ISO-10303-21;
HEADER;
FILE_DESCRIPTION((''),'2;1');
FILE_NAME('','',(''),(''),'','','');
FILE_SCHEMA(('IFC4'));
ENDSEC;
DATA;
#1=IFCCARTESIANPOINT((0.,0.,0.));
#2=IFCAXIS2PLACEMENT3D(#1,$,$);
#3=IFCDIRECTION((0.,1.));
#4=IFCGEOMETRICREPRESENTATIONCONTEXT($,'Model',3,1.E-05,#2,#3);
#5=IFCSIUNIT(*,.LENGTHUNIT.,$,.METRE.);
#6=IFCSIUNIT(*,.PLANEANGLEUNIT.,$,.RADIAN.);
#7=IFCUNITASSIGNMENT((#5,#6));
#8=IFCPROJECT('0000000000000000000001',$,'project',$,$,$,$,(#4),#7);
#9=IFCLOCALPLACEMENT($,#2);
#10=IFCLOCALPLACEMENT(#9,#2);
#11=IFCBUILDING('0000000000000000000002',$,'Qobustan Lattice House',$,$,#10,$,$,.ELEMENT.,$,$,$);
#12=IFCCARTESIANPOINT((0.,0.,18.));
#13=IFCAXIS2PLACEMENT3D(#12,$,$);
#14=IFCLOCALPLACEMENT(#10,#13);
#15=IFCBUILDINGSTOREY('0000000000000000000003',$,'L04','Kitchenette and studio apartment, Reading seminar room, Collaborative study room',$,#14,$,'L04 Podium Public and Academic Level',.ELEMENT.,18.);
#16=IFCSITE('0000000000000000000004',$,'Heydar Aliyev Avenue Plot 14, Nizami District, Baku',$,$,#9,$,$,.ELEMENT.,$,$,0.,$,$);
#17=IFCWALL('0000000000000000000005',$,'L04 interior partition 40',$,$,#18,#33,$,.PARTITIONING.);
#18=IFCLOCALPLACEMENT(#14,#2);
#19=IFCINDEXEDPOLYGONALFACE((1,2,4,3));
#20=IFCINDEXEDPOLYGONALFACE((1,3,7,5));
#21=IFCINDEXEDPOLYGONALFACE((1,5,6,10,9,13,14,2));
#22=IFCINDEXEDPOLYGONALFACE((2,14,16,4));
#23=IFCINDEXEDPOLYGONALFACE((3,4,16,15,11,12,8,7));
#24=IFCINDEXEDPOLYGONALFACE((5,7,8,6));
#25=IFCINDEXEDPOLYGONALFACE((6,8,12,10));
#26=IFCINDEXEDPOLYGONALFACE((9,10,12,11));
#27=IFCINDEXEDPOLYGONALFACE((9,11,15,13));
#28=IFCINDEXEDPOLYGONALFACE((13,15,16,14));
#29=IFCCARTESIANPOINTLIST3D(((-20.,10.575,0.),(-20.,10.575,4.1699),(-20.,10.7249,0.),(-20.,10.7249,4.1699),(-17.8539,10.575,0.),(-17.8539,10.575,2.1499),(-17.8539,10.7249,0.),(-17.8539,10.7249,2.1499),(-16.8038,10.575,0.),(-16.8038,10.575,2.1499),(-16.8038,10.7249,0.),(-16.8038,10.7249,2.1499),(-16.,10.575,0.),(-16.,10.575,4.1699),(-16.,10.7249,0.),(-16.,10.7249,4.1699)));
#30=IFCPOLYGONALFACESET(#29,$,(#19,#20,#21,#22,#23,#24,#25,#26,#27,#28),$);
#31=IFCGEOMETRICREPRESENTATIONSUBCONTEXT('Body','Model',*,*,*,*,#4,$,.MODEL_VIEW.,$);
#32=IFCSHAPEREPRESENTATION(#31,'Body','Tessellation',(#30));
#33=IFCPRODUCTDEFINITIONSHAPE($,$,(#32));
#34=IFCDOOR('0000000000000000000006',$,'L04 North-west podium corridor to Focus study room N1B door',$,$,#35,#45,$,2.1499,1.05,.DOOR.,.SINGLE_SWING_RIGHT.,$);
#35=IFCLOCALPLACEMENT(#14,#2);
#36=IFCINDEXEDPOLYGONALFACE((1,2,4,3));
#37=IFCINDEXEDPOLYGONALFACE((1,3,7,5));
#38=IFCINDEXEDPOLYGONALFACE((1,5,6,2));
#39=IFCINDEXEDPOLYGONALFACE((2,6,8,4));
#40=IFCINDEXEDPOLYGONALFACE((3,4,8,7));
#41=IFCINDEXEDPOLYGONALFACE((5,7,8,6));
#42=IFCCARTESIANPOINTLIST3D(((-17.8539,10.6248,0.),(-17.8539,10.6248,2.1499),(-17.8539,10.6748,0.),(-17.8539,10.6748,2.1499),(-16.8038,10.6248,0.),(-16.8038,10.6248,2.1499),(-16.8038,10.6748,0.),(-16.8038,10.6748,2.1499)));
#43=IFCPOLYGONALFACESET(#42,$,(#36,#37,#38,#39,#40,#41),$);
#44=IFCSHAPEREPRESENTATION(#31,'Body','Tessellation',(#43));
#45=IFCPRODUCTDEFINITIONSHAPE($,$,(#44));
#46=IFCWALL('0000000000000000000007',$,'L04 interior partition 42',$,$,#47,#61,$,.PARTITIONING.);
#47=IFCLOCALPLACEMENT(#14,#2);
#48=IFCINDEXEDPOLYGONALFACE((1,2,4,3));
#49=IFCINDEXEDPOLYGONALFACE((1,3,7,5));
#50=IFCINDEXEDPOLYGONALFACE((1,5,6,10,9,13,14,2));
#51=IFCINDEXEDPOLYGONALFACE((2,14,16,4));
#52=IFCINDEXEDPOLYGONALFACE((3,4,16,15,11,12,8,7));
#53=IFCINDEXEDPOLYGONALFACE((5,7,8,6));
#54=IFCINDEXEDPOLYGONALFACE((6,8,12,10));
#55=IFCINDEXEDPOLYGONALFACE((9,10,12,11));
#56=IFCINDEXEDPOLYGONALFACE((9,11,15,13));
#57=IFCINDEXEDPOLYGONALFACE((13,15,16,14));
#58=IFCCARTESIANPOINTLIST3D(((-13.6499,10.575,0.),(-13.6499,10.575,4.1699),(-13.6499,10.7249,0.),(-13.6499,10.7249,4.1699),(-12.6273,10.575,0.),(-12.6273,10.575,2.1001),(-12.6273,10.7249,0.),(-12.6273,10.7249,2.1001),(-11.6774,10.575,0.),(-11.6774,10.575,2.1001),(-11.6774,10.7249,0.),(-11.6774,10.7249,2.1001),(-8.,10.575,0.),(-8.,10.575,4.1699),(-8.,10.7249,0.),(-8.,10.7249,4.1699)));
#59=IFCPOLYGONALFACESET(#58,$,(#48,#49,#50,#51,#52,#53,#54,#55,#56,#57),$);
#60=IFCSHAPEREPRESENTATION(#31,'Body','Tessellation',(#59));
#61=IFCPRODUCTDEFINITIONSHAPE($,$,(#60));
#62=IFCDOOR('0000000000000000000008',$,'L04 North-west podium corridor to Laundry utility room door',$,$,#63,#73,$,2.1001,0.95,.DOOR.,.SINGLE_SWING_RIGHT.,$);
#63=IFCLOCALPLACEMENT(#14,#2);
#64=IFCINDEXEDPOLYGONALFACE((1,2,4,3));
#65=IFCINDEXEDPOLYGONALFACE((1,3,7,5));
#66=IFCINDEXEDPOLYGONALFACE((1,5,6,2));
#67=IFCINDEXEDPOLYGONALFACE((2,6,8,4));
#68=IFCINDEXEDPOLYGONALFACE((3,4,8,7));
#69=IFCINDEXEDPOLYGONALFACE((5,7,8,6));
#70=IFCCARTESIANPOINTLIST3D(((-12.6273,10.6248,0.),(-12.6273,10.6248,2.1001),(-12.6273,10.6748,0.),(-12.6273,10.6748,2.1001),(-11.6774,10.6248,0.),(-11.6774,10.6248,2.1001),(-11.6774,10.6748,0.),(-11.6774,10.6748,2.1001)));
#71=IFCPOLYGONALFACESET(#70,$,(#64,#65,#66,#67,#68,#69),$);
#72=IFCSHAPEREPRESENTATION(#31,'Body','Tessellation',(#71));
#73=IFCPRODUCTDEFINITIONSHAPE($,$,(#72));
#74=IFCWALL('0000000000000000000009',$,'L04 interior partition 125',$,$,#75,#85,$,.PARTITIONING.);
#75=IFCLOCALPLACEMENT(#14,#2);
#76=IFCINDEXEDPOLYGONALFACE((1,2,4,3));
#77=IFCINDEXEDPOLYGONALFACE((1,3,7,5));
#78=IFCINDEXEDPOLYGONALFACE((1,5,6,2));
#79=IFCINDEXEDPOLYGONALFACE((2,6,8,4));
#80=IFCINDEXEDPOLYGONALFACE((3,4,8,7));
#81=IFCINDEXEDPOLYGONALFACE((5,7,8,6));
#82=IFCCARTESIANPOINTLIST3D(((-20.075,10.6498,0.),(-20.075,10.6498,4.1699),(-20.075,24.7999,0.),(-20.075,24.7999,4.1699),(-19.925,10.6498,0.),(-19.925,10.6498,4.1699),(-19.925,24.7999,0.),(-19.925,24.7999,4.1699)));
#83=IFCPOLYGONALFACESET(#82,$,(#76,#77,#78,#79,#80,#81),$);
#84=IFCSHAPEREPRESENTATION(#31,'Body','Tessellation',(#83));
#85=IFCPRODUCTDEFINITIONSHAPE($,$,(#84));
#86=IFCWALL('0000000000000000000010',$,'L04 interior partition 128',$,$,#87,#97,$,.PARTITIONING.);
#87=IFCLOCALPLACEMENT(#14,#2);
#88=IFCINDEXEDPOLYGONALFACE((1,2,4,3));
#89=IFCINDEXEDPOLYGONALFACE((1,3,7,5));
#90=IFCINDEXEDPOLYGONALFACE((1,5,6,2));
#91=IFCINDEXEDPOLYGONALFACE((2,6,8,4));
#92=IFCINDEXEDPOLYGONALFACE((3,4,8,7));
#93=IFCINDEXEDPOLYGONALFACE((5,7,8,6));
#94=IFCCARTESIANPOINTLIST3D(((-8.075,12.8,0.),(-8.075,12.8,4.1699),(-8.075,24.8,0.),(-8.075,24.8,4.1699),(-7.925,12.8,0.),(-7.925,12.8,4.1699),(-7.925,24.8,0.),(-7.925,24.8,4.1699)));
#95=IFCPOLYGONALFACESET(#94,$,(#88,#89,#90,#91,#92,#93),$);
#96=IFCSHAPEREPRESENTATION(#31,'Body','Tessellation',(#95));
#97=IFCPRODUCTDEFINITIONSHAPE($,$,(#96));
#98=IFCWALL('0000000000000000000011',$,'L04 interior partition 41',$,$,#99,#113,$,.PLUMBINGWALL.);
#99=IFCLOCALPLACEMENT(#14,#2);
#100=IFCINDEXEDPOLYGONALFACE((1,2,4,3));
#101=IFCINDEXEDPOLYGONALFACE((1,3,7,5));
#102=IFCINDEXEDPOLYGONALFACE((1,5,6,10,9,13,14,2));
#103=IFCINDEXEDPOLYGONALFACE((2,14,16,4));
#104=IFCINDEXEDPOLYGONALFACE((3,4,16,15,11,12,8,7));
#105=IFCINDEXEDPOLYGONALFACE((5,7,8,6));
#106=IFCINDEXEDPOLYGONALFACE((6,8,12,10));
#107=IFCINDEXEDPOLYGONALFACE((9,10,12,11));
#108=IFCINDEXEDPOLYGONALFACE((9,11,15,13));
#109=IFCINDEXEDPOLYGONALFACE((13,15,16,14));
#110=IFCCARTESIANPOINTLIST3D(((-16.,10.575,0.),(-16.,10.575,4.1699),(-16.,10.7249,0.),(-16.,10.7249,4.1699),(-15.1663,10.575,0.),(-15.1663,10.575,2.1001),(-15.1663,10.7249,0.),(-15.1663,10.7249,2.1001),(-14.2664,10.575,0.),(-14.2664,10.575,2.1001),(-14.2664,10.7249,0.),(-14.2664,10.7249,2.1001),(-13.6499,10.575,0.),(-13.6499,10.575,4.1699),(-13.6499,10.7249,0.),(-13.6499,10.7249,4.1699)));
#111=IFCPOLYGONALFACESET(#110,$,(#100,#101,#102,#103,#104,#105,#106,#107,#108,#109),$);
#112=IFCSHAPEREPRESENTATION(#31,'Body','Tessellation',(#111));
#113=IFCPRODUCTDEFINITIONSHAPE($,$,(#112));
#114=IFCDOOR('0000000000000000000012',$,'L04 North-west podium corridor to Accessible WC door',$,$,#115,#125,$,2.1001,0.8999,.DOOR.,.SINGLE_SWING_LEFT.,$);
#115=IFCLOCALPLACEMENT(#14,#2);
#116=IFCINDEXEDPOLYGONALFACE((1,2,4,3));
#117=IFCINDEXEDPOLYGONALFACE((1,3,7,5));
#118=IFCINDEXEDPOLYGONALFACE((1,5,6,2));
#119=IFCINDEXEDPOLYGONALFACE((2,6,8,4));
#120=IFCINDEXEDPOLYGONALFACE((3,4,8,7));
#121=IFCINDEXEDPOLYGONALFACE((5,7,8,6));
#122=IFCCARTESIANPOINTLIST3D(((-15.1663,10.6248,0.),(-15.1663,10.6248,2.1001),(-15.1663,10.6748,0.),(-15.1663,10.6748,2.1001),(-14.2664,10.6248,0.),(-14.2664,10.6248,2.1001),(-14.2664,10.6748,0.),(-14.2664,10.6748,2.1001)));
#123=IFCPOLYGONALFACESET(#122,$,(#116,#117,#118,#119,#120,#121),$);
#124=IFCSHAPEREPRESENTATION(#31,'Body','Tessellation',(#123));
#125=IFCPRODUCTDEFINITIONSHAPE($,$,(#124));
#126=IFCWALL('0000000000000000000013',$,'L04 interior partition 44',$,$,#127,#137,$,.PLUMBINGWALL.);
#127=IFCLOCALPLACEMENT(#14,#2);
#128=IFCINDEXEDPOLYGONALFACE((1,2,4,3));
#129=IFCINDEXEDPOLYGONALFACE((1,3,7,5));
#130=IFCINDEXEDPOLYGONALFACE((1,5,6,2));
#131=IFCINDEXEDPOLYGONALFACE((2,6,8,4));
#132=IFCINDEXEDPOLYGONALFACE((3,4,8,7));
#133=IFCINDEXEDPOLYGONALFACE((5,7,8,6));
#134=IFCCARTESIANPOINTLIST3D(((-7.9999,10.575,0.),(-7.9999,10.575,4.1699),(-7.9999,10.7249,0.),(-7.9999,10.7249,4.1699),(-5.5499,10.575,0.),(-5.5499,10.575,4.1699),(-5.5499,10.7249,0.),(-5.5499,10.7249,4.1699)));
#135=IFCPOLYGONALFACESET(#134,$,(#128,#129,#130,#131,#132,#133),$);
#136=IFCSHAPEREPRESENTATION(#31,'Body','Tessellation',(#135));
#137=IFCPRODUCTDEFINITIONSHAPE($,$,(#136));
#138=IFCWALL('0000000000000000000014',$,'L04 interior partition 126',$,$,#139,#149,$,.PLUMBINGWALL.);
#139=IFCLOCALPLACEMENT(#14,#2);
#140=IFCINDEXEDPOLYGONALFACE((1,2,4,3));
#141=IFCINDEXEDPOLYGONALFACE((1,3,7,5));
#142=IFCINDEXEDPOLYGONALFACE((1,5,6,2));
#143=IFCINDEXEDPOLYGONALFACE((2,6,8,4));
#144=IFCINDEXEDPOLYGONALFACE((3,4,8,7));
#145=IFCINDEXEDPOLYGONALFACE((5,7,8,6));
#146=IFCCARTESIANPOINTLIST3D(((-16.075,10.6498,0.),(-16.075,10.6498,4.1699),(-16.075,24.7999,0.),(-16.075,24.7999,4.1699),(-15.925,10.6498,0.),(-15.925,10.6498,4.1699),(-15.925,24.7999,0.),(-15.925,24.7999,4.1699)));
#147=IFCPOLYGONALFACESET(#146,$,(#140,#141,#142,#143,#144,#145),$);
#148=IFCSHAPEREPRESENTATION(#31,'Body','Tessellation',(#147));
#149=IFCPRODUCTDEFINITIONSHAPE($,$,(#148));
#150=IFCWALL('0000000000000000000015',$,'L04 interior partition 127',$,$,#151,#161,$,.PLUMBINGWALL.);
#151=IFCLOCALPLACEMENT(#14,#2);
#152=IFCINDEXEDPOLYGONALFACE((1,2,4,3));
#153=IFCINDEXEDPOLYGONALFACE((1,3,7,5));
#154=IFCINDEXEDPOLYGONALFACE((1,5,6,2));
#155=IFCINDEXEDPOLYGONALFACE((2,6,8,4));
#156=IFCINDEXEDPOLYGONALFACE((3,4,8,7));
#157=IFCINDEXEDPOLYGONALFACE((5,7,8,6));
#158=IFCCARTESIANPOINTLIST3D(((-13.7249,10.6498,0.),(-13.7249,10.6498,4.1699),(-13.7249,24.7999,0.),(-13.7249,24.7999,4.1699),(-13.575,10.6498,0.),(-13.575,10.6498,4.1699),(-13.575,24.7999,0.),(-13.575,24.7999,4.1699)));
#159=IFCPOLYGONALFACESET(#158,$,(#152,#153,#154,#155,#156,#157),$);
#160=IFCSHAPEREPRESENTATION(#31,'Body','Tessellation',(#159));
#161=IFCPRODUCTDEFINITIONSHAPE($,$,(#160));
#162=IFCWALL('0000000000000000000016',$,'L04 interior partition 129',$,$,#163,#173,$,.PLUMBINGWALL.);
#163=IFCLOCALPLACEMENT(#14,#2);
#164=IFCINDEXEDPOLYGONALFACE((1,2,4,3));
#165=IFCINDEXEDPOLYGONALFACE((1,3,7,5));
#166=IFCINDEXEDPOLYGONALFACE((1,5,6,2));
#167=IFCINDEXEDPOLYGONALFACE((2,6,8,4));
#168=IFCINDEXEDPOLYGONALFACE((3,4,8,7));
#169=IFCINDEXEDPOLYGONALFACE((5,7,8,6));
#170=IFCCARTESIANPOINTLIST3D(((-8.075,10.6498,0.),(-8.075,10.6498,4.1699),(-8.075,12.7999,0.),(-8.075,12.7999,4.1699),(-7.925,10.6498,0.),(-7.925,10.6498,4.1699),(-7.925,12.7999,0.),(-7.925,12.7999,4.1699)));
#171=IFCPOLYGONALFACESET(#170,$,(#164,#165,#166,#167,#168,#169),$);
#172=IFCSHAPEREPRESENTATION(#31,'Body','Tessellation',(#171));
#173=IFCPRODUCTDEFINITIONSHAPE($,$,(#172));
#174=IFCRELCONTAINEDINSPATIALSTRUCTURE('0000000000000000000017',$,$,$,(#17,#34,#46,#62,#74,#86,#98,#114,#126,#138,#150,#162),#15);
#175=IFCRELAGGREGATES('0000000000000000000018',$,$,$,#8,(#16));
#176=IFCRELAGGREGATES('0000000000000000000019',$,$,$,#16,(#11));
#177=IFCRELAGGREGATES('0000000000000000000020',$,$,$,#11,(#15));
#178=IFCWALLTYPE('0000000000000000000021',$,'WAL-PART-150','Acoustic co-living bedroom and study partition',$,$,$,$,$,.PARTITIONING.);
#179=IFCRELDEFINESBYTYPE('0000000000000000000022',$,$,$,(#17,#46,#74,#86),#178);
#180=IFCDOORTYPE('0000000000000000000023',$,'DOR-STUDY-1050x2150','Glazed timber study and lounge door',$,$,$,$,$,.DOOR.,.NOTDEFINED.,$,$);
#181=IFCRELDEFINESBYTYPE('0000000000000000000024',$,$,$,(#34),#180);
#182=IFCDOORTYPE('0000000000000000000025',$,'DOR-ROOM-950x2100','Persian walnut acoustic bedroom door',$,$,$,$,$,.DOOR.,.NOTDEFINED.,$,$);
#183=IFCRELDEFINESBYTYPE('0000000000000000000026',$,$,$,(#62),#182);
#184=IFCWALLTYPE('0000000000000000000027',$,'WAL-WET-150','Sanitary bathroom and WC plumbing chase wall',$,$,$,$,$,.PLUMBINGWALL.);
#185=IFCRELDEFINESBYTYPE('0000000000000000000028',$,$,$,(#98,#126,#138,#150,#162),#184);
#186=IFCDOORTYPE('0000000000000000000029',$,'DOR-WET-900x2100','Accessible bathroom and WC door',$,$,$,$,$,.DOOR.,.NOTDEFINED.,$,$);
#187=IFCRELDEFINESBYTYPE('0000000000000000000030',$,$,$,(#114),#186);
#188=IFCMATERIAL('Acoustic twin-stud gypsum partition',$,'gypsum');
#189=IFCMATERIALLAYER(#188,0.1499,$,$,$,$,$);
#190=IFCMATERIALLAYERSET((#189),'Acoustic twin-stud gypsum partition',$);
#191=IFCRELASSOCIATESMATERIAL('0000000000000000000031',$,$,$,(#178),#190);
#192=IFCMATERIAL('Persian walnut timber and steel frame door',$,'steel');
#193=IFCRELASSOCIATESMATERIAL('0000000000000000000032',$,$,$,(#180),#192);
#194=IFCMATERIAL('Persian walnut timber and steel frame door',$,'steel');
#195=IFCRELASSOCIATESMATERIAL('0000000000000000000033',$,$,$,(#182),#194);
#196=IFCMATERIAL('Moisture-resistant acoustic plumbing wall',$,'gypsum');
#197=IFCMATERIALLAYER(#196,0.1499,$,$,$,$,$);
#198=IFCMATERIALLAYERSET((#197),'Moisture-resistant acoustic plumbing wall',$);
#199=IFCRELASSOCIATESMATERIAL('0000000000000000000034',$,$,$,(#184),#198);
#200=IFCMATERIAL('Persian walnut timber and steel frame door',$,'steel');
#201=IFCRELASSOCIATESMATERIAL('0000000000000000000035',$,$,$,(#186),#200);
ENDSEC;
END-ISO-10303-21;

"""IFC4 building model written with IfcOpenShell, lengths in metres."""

from ifc_helpers import new_model, si_unit, direction, frame, frame_2d, origin, place, context, subcontext, project, spatial, rectangle, extrude, material, layer, layer_set, type_object, element, fill, save


model = new_model("IFC4")

# Units and contexts
model_context = context("Model", 3, precision=1e-05, world=origin(), true_north=direction((0.0, 1.0)))
body_context = subcontext(model_context, "Body", "Model", "MODEL_VIEW")
ifc_project = project(units=[si_unit("LENGTHUNIT", "METRE"), si_unit("PLANEANGLEUNIT", "RADIAN")], contexts=[model_context])

# Site, building, storey
site_placement = place(None, origin())
site = spatial("IfcSite", under=ifc_project, at=site_placement, Name="Heydar Aliyev Avenue Plot 14, Nizami District, Baku", CompositionType="ELEMENT", RefElevation=0.0)
building_placement = place(site_placement, origin())
building = spatial("IfcBuilding", under=site, at=building_placement, Name="Qobustan Lattice House", CompositionType="ELEMENT")
storey_placement = place(building_placement, frame((0.0, 0.0, 18.0)))
storey = spatial("IfcBuildingStorey", under=building, at=storey_placement, Name="L04", Description="Kitchenette and studio apartment, Reading seminar room, Collaborative study room", LongName="L04 Podium Public and Academic Level", CompositionType="ELEMENT", Elevation=18.0)

# Walls, openings, doors
ifc_material_1 = material(Name="Acoustic twin-stud gypsum partition", Category="gypsum")
ifc_layer_1 = layer(ifc_material_1, 0.1499)
ifc_layer_set_1 = layer_set([ifc_layer_1], Name="Acoustic twin-stud gypsum partition")
wall_type_1 = type_object("IfcWallType", Name="WAL-PART-150", Description="Acoustic co-living bedroom and study partition", PredefinedType="PARTITIONING", material=ifc_layer_set_1)
wall_1_placement = place(storey_placement, frame((-20.0, 10.6499, 0.0), z_axis=(0.0, 0.0, 1.0), x_axis=(1.0, 0.0, 0.0)))
wall_1 = element("IfcWall", 1, at=wall_1_placement, inside=storey, type_object=wall_type_1, Name="L04 interior partition 40", PredefinedType="PARTITIONING", context=body_context, shape_type="SweptSolid", body=[
    extrude(rectangle(XDim=4.0, YDim=0.1499, at=frame_2d((2.0, 0.0))), origin(), (0.0, 0.0, 1.0), 4.1699),
])
opening_1_placement = place(wall_1_placement, frame((2.1462, 0.0, 0.0)))
opening_1 = element("IfcOpeningElement", 2, at=opening_1_placement, cuts=wall_1, PredefinedType="OPENING", context=body_context, shape_type="SweptSolid", body=[
    extrude(rectangle(XDim=1.05, YDim=2.1499, at=frame_2d((0.5249, 1.075))), frame((0.0, 0.085, 0.0), z_axis=(0.0, -1.0, 0.0), x_axis=(1.0, 0.0, 0.0)), (0.0, 0.0, 1.0), 0.1699),
])
ifc_material_2 = material(Name="Persian walnut timber and steel frame door", Category="steel")
door_type_1 = type_object("IfcDoorType", Name="DOR-STUDY-1050x2150", Description="Glazed timber study and lounge door", OperationType="NOTDEFINED", PredefinedType="DOOR", material=ifc_material_2)
door_1_placement = place(opening_1_placement, origin())
door_1 = element("IfcDoor", 3, at=door_1_placement, inside=storey, type_object=door_type_1, Name="L04 North-west podium corridor to Focus study room N1B door", OperationType="SINGLE_SWING_RIGHT", OverallHeight=2.1499, OverallWidth=1.05, PredefinedType="DOOR", context=body_context, shape_type="SweptSolid", body=[
    extrude(rectangle(XDim=1.05, YDim=2.1499, at=frame_2d((0.5249, 1.075))), frame((0.0, 0.0249, 0.0), z_axis=(0.0, -1.0, 0.0), x_axis=(1.0, 0.0, 0.0)), (0.0, 0.0, 1.0), 0.05),
])
fill(opening_1, door_1)
wall_2_placement = place(storey_placement, frame((-13.6499, 10.6499, 0.0), z_axis=(0.0, 0.0, 1.0), x_axis=(1.0, 0.0, 0.0)))
wall_2 = element("IfcWall", 4, at=wall_2_placement, inside=storey, type_object=wall_type_1, Name="L04 interior partition 42", PredefinedType="PARTITIONING", context=body_context, shape_type="SweptSolid", body=[
    extrude(rectangle(XDim=5.6499, YDim=0.1499, at=frame_2d((2.825, 0.0))), origin(), (0.0, 0.0, 1.0), 4.1699),
])
opening_2_placement = place(wall_2_placement, frame((1.0225, 0.0, 0.0)))
opening_2 = element("IfcOpeningElement", 5, at=opening_2_placement, cuts=wall_2, PredefinedType="OPENING", context=body_context, shape_type="SweptSolid", body=[
    extrude(rectangle(XDim=0.95, YDim=2.1001, at=frame_2d((0.4751, 1.05))), frame((0.0, 0.085, 0.0), z_axis=(0.0, -1.0, 0.0), x_axis=(1.0, 0.0, 0.0)), (0.0, 0.0, 1.0), 0.1699),
])
ifc_material_3 = material(Name="Persian walnut timber and steel frame door", Category="steel")
door_type_2 = type_object("IfcDoorType", Name="DOR-ROOM-950x2100", Description="Persian walnut acoustic bedroom door", OperationType="NOTDEFINED", PredefinedType="DOOR", material=ifc_material_3)
door_2_placement = place(opening_2_placement, origin())
door_2 = element("IfcDoor", 6, at=door_2_placement, inside=storey, type_object=door_type_2, Name="L04 North-west podium corridor to Laundry utility room door", OperationType="SINGLE_SWING_RIGHT", OverallHeight=2.1001, OverallWidth=0.95, PredefinedType="DOOR", context=body_context, shape_type="SweptSolid", body=[
    extrude(rectangle(XDim=0.95, YDim=2.1001, at=frame_2d((0.4751, 1.05))), frame((0.0, 0.0249, 0.0), z_axis=(0.0, -1.0, 0.0), x_axis=(1.0, 0.0, 0.0)), (0.0, 0.0, 1.0), 0.05),
])
fill(opening_2, door_2)

# Walls
wall_3_placement = place(storey_placement, frame((-20.0, 24.8, 0.0), z_axis=(0.0, 0.0, 1.0), x_axis=(0.0, -1.0, 0.0)))
element("IfcWall", 7, at=wall_3_placement, inside=storey, type_object=wall_type_1, Name="L04 interior partition 125", PredefinedType="PARTITIONING", context=body_context, shape_type="SweptSolid", body=[
    extrude(rectangle(XDim=14.1501, YDim=0.1499, at=frame_2d((7.0752, 0.0))), origin(), (0.0, 0.0, 1.0), 4.1699),
])
wall_4_placement = place(storey_placement, frame((-8.0, 24.8, 0.0), z_axis=(0.0, 0.0, 1.0), x_axis=(0.0, -1.0, 0.0)))
element("IfcWall", 8, at=wall_4_placement, inside=storey, type_object=wall_type_1, Name="L04 interior partition 128", PredefinedType="PARTITIONING", context=body_context, shape_type="SweptSolid", body=[
    extrude(rectangle(XDim=12.0, YDim=0.1499, at=frame_2d((6.0, 0.0))), origin(), (0.0, 0.0, 1.0), 4.1699),
])

# Wall, opening, door
ifc_material_4 = material(Name="Moisture-resistant acoustic plumbing wall", Category="gypsum")
ifc_layer_2 = layer(ifc_material_4, 0.1499)
ifc_layer_set_2 = layer_set([ifc_layer_2], Name="Moisture-resistant acoustic plumbing wall")
wall_type_2 = type_object("IfcWallType", Name="WAL-WET-150", Description="Sanitary bathroom and WC plumbing chase wall", PredefinedType="PLUMBINGWALL", material=ifc_layer_set_2)
wall_5_placement = place(storey_placement, frame((-16.0, 10.6499, 0.0), z_axis=(0.0, 0.0, 1.0), x_axis=(1.0, 0.0, 0.0)))
wall_5 = element("IfcWall", 9, at=wall_5_placement, inside=storey, type_object=wall_type_2, Name="L04 interior partition 41", PredefinedType="PLUMBINGWALL", context=body_context, shape_type="SweptSolid", body=[
    extrude(rectangle(XDim=2.3501, YDim=0.1499, at=frame_2d((1.175, 0.0))), origin(), (0.0, 0.0, 1.0), 4.1699),
])
opening_3_placement = place(wall_5_placement, frame((0.8337, 0.0, 0.0)))
opening_3 = element("IfcOpeningElement", 10, at=opening_3_placement, cuts=wall_5, PredefinedType="OPENING", context=body_context, shape_type="SweptSolid", body=[
    extrude(rectangle(XDim=0.8999, YDim=2.1001, at=frame_2d((0.45, 1.05))), frame((0.0, 0.085, 0.0), z_axis=(0.0, -1.0, 0.0), x_axis=(1.0, 0.0, 0.0)), (0.0, 0.0, 1.0), 0.1699),
])
ifc_material_5 = material(Name="Persian walnut timber and steel frame door", Category="steel")
door_type_3 = type_object("IfcDoorType", Name="DOR-WET-900x2100", Description="Accessible bathroom and WC door", OperationType="NOTDEFINED", PredefinedType="DOOR", material=ifc_material_5)
door_3_placement = place(opening_3_placement, origin())
door_3 = element("IfcDoor", 11, at=door_3_placement, inside=storey, type_object=door_type_3, Name="L04 North-west podium corridor to Accessible WC door", OperationType="SINGLE_SWING_LEFT", OverallHeight=2.1001, OverallWidth=0.8999, PredefinedType="DOOR", context=body_context, shape_type="SweptSolid", body=[
    extrude(rectangle(XDim=0.8999, YDim=2.1001, at=frame_2d((0.45, 1.05))), frame((0.0, 0.0249, 0.0), z_axis=(0.0, -1.0, 0.0), x_axis=(1.0, 0.0, 0.0)), (0.0, 0.0, 1.0), 0.05),
])
fill(opening_3, door_3)

# Walls
wall_6_placement = place(storey_placement, frame((-8.0, 10.6499, 0.0), z_axis=(0.0, 0.0, 1.0), x_axis=(1.0, 0.0, 0.0)))
element("IfcWall", 12, at=wall_6_placement, inside=storey, type_object=wall_type_2, Name="L04 interior partition 44", PredefinedType="PLUMBINGWALL", context=body_context, shape_type="SweptSolid", body=[
    extrude(rectangle(XDim=2.45, YDim=0.1499, at=frame_2d((1.2251, 0.0))), origin(), (0.0, 0.0, 1.0), 4.1699),
])
for number, where, z_axis, x_axis, name in (
    (13, (-16.0, 24.8, 0.0), (0.0, 0.0, 1.0), (0.0, -1.0, 0.0), "L04 interior partition 126"),
    (14, (-13.6499, 24.8, 0.0), (0.0, 0.0, 1.0), (0.0, -1.0, 0.0), "L04 interior partition 127"),
):
    element("IfcWall", number, at=place(storey_placement, frame(where, z_axis=z_axis, x_axis=x_axis)), inside=storey, type_object=wall_type_2, Name=name, PredefinedType="PLUMBINGWALL", context=body_context, shape_type="SweptSolid", body=[
        extrude(rectangle(XDim=14.1501, YDim=0.1499, at=frame_2d((7.0752, 0.0))), origin(), (0.0, 0.0, 1.0), 4.1699),
    ])
wall_7_placement = place(storey_placement, frame((-8.0, 12.8, 0.0), z_axis=(0.0, 0.0, 1.0), x_axis=(0.0, -1.0, 0.0)))
element("IfcWall", 15, at=wall_7_placement, inside=storey, type_object=wall_type_2, Name="L04 interior partition 129", PredefinedType="PLUMBINGWALL", context=body_context, shape_type="SweptSolid", body=[
    extrude(rectangle(XDim=2.1501, YDim=0.1499, at=frame_2d((1.0752, 0.0))), origin(), (0.0, 0.0, 1.0), 4.1699),
])

save(model, "model.ifc")
